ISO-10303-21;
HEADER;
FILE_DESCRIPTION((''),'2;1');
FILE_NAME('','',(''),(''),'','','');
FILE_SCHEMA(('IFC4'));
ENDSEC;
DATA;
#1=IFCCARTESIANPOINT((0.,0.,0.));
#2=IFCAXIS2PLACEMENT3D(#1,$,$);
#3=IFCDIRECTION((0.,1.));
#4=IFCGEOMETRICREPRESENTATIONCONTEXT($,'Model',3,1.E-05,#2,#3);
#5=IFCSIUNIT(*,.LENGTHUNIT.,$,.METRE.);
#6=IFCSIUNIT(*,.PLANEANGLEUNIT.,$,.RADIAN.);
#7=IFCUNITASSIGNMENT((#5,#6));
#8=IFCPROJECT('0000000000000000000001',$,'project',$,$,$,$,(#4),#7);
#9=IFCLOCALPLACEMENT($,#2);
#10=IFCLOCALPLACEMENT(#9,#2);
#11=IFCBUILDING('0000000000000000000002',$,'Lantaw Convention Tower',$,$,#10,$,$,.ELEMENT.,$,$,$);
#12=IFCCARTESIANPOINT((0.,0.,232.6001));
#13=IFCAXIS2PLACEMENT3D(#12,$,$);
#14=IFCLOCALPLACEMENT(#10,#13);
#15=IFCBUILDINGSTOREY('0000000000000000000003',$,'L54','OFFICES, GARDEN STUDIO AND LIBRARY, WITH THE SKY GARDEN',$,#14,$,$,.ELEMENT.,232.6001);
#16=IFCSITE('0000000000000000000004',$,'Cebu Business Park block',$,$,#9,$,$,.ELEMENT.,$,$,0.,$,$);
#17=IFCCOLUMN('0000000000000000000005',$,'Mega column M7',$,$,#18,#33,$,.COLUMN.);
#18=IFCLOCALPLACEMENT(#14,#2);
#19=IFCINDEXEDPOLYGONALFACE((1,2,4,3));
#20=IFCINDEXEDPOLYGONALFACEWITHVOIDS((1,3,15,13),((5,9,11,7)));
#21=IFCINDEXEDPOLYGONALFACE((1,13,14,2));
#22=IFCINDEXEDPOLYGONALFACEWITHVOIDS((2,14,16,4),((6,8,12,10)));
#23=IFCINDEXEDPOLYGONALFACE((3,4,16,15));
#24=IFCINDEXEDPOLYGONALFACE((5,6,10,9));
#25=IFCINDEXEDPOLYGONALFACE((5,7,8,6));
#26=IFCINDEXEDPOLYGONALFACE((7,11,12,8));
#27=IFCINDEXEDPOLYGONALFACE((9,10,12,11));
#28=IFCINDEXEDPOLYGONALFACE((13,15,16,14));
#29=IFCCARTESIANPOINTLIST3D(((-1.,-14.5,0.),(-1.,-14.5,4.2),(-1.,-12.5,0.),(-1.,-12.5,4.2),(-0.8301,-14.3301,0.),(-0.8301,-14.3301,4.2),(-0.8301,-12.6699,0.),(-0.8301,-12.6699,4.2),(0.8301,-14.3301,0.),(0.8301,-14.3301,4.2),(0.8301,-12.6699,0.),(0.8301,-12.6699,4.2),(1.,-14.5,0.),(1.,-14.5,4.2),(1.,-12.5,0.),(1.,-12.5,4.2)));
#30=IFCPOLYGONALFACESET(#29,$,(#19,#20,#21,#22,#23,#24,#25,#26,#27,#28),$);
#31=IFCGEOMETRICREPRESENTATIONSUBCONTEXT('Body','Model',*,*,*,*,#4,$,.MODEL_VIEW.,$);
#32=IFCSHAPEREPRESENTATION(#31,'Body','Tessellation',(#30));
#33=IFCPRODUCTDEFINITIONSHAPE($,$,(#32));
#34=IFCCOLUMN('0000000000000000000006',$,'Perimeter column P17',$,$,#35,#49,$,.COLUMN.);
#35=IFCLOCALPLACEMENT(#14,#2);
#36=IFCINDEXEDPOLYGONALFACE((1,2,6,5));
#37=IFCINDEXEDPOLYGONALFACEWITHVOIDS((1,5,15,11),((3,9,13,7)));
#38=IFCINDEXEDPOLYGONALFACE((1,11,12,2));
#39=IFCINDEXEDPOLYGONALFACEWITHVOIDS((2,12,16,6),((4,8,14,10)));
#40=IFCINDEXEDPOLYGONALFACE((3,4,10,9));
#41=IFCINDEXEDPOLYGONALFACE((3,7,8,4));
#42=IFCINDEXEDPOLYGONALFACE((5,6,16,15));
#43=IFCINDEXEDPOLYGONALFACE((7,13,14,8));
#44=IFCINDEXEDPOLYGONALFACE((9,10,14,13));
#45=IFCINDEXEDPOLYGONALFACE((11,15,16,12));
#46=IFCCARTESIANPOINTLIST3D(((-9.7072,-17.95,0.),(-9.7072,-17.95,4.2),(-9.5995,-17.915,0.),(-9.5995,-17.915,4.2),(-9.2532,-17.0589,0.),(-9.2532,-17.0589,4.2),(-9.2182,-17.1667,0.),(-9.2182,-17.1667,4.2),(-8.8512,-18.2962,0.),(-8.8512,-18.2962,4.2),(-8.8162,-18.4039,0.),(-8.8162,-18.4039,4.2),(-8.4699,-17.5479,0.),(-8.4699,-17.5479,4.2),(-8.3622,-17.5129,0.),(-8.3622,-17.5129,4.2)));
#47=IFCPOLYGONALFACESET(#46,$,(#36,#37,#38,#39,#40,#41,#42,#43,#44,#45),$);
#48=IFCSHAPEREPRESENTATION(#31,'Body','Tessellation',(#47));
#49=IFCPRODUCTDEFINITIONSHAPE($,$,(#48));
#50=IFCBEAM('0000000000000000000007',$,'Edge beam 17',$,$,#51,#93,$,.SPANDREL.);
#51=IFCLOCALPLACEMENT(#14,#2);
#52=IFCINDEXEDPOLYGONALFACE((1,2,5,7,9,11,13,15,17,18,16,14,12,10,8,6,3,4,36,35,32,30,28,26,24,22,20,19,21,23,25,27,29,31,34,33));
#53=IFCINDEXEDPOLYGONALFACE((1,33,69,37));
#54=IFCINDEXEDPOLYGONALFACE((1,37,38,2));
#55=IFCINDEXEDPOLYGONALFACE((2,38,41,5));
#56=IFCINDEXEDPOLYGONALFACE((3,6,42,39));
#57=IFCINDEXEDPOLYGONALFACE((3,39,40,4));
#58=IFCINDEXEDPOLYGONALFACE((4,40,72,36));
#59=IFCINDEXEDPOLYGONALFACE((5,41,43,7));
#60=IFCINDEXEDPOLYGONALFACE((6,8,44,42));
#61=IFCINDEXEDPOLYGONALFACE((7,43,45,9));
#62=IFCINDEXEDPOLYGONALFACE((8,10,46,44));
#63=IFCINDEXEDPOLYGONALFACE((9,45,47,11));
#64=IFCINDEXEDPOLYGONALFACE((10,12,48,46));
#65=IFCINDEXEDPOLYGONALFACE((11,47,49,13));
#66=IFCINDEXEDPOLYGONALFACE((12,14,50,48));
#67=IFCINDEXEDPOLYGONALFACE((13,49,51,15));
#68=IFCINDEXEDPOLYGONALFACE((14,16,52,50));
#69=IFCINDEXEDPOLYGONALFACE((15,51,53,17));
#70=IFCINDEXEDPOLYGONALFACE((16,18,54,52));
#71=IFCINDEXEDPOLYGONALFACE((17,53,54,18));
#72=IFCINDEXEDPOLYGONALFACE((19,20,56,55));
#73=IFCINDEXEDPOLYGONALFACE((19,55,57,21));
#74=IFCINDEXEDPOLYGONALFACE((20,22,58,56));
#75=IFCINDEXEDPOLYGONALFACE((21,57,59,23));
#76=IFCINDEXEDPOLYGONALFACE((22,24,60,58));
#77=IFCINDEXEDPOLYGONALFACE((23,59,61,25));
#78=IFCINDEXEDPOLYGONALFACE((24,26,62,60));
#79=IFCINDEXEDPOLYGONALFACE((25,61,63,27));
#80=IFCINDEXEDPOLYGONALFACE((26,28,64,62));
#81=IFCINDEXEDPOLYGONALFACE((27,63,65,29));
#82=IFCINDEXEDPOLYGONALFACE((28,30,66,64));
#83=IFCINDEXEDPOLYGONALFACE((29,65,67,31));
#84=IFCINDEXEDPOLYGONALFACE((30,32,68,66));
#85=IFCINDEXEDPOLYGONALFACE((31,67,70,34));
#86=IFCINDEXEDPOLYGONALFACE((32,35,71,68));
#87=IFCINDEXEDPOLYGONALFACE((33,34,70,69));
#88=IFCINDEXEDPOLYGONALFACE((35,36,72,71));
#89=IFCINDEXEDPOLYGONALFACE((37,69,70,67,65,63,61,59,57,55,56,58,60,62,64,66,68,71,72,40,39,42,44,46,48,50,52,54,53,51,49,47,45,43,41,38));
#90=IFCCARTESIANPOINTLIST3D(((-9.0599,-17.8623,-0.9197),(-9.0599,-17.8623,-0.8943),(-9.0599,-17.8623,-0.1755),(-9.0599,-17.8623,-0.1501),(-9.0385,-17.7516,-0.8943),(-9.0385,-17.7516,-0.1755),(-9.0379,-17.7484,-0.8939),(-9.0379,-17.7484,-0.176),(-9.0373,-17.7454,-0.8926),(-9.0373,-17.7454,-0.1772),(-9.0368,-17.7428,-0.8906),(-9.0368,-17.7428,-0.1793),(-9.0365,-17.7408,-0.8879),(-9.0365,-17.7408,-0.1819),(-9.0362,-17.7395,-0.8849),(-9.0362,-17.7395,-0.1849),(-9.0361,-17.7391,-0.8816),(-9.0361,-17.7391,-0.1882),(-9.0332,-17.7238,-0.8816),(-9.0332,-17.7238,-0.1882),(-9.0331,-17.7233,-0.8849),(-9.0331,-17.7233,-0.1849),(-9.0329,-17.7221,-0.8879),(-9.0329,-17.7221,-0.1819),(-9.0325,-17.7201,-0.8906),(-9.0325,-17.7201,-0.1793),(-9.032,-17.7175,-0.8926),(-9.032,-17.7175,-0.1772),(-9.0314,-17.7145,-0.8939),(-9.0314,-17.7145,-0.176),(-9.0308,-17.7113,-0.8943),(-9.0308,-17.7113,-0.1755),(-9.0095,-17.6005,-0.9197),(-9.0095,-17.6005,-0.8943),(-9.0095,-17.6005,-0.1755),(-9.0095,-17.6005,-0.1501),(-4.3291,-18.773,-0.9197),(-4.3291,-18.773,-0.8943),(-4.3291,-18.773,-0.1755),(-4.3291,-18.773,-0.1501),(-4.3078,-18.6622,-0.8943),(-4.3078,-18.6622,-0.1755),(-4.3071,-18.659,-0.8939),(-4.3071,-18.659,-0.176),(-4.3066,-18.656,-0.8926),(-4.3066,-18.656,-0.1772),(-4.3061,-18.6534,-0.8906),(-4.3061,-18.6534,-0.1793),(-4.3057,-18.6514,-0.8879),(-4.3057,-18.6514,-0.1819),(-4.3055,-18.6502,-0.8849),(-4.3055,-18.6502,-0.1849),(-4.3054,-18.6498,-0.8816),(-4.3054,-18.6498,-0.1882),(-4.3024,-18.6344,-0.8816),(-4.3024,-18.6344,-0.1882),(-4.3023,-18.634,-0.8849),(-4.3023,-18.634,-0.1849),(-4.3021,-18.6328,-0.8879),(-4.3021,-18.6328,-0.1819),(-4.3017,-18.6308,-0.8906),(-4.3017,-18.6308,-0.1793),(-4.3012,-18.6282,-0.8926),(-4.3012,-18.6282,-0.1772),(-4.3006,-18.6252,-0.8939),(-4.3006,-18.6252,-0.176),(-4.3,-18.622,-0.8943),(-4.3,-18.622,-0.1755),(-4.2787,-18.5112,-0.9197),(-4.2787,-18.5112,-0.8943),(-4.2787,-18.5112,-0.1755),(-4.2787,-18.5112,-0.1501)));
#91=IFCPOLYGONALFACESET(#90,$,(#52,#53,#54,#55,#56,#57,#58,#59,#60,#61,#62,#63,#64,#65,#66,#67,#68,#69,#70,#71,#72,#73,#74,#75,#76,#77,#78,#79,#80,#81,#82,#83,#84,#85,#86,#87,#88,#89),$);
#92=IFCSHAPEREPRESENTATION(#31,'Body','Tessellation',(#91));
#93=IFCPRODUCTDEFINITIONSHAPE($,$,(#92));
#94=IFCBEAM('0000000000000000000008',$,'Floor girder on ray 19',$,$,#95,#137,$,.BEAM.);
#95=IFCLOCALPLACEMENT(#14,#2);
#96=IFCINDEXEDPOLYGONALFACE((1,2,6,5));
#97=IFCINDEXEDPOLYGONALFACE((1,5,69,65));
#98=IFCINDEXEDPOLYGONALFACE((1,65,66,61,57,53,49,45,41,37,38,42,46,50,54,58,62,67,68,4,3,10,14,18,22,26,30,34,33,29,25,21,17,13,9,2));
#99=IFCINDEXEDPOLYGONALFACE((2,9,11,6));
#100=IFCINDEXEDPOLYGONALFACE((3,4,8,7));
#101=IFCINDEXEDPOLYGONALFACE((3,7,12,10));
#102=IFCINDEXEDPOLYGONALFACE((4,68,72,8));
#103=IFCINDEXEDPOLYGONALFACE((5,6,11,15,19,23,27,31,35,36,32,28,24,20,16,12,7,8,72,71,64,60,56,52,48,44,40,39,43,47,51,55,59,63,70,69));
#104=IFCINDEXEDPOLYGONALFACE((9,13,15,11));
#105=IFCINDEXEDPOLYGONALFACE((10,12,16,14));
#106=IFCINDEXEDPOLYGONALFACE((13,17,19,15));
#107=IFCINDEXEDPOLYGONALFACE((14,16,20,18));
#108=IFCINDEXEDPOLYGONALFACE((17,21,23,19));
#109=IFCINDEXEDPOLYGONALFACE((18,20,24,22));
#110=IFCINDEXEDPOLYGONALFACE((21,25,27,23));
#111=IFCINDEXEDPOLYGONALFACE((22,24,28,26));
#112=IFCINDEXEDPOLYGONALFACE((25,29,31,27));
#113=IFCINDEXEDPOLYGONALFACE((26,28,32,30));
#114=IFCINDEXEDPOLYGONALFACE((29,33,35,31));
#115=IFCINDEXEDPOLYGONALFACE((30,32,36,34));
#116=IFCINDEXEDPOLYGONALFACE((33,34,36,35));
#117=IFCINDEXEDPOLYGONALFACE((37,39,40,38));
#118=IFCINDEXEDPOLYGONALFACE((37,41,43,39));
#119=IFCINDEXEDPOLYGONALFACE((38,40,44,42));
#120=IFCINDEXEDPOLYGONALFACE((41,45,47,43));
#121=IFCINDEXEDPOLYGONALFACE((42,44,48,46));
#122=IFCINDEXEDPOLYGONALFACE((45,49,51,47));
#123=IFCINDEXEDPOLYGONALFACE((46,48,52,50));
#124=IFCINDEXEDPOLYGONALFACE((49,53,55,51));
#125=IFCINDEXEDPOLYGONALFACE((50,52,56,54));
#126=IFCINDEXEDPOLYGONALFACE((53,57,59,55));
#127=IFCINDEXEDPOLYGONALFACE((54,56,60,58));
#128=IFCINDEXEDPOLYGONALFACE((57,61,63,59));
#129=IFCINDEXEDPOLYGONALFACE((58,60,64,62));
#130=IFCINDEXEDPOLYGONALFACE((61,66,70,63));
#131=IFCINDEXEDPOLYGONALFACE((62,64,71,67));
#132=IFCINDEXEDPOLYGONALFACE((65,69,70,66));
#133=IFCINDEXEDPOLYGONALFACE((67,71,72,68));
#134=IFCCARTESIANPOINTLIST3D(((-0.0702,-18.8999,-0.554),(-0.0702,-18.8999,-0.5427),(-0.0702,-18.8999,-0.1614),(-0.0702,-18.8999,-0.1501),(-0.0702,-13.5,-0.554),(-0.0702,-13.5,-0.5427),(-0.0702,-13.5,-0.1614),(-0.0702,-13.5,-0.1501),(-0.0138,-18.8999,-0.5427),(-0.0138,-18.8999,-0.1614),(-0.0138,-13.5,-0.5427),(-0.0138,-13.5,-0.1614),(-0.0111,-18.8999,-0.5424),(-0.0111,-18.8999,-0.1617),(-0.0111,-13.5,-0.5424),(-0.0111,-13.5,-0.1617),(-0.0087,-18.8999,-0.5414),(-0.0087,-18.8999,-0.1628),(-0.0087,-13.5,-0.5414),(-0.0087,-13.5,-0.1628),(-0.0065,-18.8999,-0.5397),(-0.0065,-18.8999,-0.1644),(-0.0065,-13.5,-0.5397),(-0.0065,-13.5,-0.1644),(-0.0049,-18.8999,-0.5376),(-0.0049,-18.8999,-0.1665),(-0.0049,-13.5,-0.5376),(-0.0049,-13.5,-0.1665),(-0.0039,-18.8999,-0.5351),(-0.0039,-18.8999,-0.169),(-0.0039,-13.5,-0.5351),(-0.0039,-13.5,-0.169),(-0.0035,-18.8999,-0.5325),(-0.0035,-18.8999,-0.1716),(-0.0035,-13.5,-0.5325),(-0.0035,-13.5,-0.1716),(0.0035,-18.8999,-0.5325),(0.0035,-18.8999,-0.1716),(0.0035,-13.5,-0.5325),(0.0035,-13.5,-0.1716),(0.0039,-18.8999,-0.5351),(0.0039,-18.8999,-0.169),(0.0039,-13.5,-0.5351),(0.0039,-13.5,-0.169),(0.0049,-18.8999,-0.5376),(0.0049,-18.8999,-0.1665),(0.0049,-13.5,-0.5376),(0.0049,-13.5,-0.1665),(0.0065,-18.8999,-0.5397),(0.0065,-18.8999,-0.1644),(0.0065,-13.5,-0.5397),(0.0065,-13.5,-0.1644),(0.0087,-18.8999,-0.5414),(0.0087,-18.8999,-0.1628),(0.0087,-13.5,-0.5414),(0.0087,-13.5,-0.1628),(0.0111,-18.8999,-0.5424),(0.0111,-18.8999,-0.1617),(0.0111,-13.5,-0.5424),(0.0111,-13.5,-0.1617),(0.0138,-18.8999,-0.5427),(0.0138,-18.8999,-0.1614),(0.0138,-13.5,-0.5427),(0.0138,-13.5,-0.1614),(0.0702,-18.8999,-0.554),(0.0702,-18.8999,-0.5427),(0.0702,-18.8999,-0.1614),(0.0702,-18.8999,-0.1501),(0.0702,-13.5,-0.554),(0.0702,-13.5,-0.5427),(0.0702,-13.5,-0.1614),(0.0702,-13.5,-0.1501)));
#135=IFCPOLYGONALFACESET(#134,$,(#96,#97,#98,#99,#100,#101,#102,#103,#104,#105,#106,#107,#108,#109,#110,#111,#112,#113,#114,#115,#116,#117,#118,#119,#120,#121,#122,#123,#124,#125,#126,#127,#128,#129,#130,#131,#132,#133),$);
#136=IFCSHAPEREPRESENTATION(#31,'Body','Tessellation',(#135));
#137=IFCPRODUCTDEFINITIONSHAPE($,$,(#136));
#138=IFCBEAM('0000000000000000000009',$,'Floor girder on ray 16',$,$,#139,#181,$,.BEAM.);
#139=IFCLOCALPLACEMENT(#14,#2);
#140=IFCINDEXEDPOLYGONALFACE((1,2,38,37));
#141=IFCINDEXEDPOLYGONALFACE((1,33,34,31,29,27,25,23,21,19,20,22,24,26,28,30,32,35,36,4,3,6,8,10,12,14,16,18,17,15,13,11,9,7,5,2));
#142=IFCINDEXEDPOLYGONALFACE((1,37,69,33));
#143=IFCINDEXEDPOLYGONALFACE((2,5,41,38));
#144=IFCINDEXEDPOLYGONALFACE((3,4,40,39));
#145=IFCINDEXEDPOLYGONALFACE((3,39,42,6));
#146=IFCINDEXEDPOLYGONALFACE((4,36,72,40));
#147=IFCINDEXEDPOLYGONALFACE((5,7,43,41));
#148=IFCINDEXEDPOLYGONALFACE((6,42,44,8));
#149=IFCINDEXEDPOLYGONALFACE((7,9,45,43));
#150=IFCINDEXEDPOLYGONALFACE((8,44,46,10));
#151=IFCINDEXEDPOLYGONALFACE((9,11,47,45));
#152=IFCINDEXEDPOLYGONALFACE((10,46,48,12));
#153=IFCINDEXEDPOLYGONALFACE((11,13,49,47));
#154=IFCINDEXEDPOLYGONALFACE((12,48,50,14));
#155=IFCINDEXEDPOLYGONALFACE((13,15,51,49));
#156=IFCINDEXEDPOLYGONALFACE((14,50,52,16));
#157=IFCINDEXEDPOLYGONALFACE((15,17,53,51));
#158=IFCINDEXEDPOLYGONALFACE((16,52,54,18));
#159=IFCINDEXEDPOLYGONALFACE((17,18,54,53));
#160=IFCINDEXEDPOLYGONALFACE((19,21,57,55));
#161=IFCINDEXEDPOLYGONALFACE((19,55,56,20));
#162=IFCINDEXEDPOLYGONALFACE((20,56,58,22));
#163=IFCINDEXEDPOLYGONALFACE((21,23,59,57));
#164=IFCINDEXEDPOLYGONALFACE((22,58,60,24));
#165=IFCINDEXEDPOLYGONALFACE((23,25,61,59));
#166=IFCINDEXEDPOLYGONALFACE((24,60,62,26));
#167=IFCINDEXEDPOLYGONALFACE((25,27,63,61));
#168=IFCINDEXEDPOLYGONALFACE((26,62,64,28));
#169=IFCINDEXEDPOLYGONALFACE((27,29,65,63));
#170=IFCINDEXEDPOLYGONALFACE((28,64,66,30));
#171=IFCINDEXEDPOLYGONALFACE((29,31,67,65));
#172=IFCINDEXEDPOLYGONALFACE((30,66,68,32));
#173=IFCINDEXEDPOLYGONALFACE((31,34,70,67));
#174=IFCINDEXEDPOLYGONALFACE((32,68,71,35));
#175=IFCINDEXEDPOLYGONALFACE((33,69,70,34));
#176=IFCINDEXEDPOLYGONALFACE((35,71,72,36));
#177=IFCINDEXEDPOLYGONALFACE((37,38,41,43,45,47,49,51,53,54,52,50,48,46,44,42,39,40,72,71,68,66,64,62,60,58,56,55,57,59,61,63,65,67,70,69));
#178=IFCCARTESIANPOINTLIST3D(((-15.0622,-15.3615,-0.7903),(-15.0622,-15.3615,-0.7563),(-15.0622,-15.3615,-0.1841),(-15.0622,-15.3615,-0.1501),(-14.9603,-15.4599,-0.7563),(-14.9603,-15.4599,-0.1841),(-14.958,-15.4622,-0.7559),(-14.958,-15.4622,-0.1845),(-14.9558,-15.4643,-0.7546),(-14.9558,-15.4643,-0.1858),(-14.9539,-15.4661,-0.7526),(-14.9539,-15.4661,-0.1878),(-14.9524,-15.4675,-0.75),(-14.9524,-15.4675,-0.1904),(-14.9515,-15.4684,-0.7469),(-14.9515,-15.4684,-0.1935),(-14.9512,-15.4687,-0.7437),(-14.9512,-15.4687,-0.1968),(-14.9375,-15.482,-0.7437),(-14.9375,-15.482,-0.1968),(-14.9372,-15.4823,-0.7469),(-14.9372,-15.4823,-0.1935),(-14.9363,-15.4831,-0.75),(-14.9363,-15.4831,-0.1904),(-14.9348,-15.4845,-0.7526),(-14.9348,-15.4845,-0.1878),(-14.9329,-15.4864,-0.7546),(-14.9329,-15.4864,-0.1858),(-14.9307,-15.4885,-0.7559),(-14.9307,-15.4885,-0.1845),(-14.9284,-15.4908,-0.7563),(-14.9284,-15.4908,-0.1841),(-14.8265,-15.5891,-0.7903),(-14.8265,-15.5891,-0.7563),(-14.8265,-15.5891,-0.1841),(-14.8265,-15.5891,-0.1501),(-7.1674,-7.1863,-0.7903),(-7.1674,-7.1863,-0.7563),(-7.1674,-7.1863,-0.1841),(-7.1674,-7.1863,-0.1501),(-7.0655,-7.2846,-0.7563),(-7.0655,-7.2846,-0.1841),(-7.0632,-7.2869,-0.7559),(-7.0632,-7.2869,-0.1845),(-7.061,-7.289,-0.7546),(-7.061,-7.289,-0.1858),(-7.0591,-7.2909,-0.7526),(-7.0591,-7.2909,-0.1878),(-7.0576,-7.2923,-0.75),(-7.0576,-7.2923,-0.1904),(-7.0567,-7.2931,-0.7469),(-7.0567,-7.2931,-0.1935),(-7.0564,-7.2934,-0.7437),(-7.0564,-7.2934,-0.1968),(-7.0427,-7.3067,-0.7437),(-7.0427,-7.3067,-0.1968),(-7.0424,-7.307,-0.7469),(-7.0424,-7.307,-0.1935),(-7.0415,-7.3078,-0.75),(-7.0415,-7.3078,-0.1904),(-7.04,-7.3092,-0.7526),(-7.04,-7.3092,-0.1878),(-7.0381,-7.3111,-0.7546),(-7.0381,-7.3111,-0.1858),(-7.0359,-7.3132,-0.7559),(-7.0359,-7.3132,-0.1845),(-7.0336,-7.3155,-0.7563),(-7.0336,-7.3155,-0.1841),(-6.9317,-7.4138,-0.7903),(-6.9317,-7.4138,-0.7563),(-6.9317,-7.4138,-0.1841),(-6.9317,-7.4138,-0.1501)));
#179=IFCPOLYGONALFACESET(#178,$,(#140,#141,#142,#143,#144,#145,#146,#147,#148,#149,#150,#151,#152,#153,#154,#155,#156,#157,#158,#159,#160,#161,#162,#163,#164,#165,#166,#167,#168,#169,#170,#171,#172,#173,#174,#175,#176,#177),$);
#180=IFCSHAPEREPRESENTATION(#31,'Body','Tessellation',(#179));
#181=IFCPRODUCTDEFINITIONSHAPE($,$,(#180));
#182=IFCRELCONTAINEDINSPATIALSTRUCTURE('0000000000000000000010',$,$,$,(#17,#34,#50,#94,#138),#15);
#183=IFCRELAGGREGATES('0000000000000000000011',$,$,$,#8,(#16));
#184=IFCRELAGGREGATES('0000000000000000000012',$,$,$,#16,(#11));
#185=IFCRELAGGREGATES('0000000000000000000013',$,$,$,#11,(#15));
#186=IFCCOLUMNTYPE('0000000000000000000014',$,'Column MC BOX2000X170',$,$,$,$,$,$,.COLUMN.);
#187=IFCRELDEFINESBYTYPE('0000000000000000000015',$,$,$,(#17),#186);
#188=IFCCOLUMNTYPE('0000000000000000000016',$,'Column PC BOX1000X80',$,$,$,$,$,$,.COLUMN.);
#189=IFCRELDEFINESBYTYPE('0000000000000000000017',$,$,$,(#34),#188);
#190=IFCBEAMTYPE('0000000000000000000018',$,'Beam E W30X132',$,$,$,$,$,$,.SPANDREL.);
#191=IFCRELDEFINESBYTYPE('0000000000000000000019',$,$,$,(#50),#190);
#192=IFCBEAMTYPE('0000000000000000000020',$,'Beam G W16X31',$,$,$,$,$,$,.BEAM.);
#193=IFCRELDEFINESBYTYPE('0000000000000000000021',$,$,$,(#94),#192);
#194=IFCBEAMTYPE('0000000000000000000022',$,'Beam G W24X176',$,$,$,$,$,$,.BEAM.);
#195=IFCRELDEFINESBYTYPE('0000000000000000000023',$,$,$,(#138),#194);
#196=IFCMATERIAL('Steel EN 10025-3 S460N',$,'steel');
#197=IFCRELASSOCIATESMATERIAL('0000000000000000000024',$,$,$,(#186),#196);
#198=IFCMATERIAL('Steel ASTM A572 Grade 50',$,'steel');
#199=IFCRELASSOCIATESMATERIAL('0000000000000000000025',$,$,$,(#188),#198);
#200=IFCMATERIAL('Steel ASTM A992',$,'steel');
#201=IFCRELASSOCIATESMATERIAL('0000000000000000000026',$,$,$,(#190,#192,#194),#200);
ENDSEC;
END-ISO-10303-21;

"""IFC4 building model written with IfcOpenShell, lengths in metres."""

from ifc_helpers import new_model, si_unit, direction, frame, origin, origin_2d, place, context, subcontext, project, spatial, rectangle, hollow_rectangle, i_section, extrude, material, material_profile, profile_set, type_object, element, save


model = new_model("IFC4")

# Units and contexts
model_context = context("Model", 3, precision=1e-05, world=origin(), true_north=direction((0.0, 1.0)))
body_context = subcontext(model_context, "Body", "Model", "MODEL_VIEW")
ifc_project = project(units=[si_unit("LENGTHUNIT", "METRE"), si_unit("PLANEANGLEUNIT", "RADIAN")], contexts=[model_context])

# Site, building, storey
site_placement = place(None, origin())
site = spatial("IfcSite", under=ifc_project, at=site_placement, Name="Cebu Business Park block", CompositionType="ELEMENT", RefElevation=0.0)
building_placement = place(site_placement, origin())
building = spatial("IfcBuilding", under=site, at=building_placement, Name="Lantaw Convention Tower", CompositionType="ELEMENT")
storey_placement = place(building_placement, frame((0.0, 0.0, 232.6001)))
storey = spatial("IfcBuildingStorey", under=building, at=storey_placement, Name="L54", Description="OFFICES, GARDEN STUDIO AND LIBRARY, WITH THE SKY GARDEN", CompositionType="ELEMENT", Elevation=232.6001)

# Columns
ifc_material_1 = material(Name="Steel EN 10025-3 S460N", Category="steel")
ifc_material_profile_1 = material_profile(ifc_material_1, hollow_rectangle(XDim=2.0, YDim=2.0, WallThickness=0.1699, at=origin_2d()), Name="BOX2000X170")
ifc_material_2 = material(Name="Concrete C60/75", Category="concrete")
ifc_material_profile_2 = material_profile(ifc_material_2, rectangle(XDim=1.6599, YDim=1.6599, at=origin_2d()), Name="Concrete fill of BOX2000X170")
ifc_profile_set_1 = profile_set([ifc_material_profile_1, ifc_material_profile_2], Name="Steel EN 10025-3 S460N")
column_type_1 = type_object("IfcColumnType", Name="Column MC BOX2000X170", PredefinedType="COLUMN", material=ifc_profile_set_1)
column_1_placement = place(storey_placement, frame((0.0, -13.5, 0.0), z_axis=(0.0, 0.0, 1.0), x_axis=(1.0, 0.0, 0.0)))
element("IfcColumn", 1, at=column_1_placement, inside=storey, type_object=column_type_1, Name="Mega column M7", PredefinedType="COLUMN", context=body_context, shape_type="SweptSolid", body=[
    extrude(hollow_rectangle(XDim=2.0, YDim=2.0, WallThickness=0.1699, at=origin_2d()), origin(), (0.0, 0.0, 1.0), 4.2),
])
ifc_material_3 = material(Name="Steel ASTM A572 Grade 50", Category="steel")
ifc_material_profile_3 = material_profile(ifc_material_3, hollow_rectangle(XDim=1.0, YDim=1.0, WallThickness=0.0801, at=origin_2d()), Name="BOX1000X80")
ifc_material_profile_4 = material_profile(ifc_material_2, rectangle(XDim=0.8401, YDim=0.8401, at=origin_2d()), Name="Concrete fill of BOX1000X80")
ifc_profile_set_2 = profile_set([ifc_material_profile_3, ifc_material_profile_4], Name="Steel ASTM A572 Grade 50")
column_type_2 = type_object("IfcColumnType", Name="Column PC BOX1000X80", PredefinedType="COLUMN", material=ifc_profile_set_2)
column_2_placement = place(storey_placement, frame((-9.0347, -17.7314, 0.0), z_axis=(0.0, 0.0, 1.0), x_axis=(0.45399, 0.891007, 0.0)))
element("IfcColumn", 2, at=column_2_placement, inside=storey, type_object=column_type_2, Name="Perimeter column P17", PredefinedType="COLUMN", context=body_context, shape_type="SweptSolid", body=[
    extrude(hollow_rectangle(XDim=1.0, YDim=1.0, WallThickness=0.0801, at=origin_2d()), origin(), (0.0, 0.0, 1.0), 4.2),
])

# Beams
ifc_material_4 = material(Name="Steel ASTM A992", Category="steel")
ifc_material_profile_5 = material_profile(ifc_material_4, i_section(OverallWidth=0.2666, OverallDepth=0.7695, WebThickness=0.0156, FlangeThickness=0.0254, FilletRadius=0.0127, at=origin_2d()), Name="W30X132")
ifc_profile_set_3 = profile_set([ifc_material_profile_5], Name="Steel ASTM A992")
beam_type_1 = type_object("IfcBeamType", Name="Beam E W30X132", PredefinedType="SPANDREL", material=ifc_profile_set_3)
beam_1_placement = place(storey_placement, frame((-9.0347, -17.7314, -0.5349), z_axis=(0.981972, -0.189026, 0.0), x_axis=(0.189026, 0.981972, 0.0)))
element("IfcBeam", 3, at=beam_1_placement, inside=storey, type_object=beam_type_1, Name="Edge beam 17", PredefinedType="SPANDREL", context=body_context, shape_type="SweptSolid", body=[
    extrude(i_section(OverallWidth=0.2666, OverallDepth=0.7695, WebThickness=0.0156, FlangeThickness=0.0254, FilletRadius=0.0127, at=origin_2d()), origin(), (0.0, 0.0, 1.0), 4.8176),
])
ifc_material_profile_6 = material_profile(ifc_material_4, i_section(OverallWidth=0.1404, OverallDepth=0.4038, WebThickness=0.0071, FlangeThickness=0.0112, FilletRadius=0.0103, at=origin_2d()), Name="W16X31")
ifc_profile_set_4 = profile_set([ifc_material_profile_6], Name="Steel ASTM A992")
beam_type_2 = type_object("IfcBeamType", Name="Beam G W16X31", PredefinedType="BEAM", material=ifc_profile_set_4)
beam_2_placement = place(storey_placement, frame((0.0, -13.5, -0.3521), z_axis=(0.0, -1.0, 0.0), x_axis=(1.0, 0.0, 0.0)))
element("IfcBeam", 4, at=beam_2_placement, inside=storey, type_object=beam_type_2, Name="Floor girder on ray 19", PredefinedType="BEAM", context=body_context, shape_type="SweptSolid", body=[
    extrude(i_section(OverallWidth=0.1404, OverallDepth=0.4038, WebThickness=0.0071, FlangeThickness=0.0112, FilletRadius=0.0103, at=origin_2d()), origin(), (0.0, 0.0, 1.0), 5.3999),
])
ifc_material_profile_7 = material_profile(ifc_material_4, i_section(OverallWidth=0.3276, OverallDepth=0.6401, WebThickness=0.019, FlangeThickness=0.0339, FilletRadius=0.0127, at=origin_2d()), Name="W24X176")
ifc_profile_set_5 = profile_set([ifc_material_profile_7], Name="Steel ASTM A992")
beam_type_3 = type_object("IfcBeamType", Name="Beam G W24X176", PredefinedType="BEAM", material=ifc_profile_set_5)
beam_3_placement = place(storey_placement, frame((-7.0496, -7.3, -0.4702), z_axis=(-0.694658, -0.71934, 0.0), x_axis=(0.71934, -0.694658, 0.0)))
element("IfcBeam", 5, at=beam_3_placement, inside=storey, type_object=beam_type_3, Name="Floor girder on ray 16", PredefinedType="BEAM", context=body_context, shape_type="SweptSolid", body=[
    extrude(i_section(OverallWidth=0.3276, OverallDepth=0.6401, WebThickness=0.019, FlangeThickness=0.0339, FilletRadius=0.0127, at=origin_2d()), origin(), (0.0, 0.0, 1.0), 11.365),
])

save(model, "model.ifc")
